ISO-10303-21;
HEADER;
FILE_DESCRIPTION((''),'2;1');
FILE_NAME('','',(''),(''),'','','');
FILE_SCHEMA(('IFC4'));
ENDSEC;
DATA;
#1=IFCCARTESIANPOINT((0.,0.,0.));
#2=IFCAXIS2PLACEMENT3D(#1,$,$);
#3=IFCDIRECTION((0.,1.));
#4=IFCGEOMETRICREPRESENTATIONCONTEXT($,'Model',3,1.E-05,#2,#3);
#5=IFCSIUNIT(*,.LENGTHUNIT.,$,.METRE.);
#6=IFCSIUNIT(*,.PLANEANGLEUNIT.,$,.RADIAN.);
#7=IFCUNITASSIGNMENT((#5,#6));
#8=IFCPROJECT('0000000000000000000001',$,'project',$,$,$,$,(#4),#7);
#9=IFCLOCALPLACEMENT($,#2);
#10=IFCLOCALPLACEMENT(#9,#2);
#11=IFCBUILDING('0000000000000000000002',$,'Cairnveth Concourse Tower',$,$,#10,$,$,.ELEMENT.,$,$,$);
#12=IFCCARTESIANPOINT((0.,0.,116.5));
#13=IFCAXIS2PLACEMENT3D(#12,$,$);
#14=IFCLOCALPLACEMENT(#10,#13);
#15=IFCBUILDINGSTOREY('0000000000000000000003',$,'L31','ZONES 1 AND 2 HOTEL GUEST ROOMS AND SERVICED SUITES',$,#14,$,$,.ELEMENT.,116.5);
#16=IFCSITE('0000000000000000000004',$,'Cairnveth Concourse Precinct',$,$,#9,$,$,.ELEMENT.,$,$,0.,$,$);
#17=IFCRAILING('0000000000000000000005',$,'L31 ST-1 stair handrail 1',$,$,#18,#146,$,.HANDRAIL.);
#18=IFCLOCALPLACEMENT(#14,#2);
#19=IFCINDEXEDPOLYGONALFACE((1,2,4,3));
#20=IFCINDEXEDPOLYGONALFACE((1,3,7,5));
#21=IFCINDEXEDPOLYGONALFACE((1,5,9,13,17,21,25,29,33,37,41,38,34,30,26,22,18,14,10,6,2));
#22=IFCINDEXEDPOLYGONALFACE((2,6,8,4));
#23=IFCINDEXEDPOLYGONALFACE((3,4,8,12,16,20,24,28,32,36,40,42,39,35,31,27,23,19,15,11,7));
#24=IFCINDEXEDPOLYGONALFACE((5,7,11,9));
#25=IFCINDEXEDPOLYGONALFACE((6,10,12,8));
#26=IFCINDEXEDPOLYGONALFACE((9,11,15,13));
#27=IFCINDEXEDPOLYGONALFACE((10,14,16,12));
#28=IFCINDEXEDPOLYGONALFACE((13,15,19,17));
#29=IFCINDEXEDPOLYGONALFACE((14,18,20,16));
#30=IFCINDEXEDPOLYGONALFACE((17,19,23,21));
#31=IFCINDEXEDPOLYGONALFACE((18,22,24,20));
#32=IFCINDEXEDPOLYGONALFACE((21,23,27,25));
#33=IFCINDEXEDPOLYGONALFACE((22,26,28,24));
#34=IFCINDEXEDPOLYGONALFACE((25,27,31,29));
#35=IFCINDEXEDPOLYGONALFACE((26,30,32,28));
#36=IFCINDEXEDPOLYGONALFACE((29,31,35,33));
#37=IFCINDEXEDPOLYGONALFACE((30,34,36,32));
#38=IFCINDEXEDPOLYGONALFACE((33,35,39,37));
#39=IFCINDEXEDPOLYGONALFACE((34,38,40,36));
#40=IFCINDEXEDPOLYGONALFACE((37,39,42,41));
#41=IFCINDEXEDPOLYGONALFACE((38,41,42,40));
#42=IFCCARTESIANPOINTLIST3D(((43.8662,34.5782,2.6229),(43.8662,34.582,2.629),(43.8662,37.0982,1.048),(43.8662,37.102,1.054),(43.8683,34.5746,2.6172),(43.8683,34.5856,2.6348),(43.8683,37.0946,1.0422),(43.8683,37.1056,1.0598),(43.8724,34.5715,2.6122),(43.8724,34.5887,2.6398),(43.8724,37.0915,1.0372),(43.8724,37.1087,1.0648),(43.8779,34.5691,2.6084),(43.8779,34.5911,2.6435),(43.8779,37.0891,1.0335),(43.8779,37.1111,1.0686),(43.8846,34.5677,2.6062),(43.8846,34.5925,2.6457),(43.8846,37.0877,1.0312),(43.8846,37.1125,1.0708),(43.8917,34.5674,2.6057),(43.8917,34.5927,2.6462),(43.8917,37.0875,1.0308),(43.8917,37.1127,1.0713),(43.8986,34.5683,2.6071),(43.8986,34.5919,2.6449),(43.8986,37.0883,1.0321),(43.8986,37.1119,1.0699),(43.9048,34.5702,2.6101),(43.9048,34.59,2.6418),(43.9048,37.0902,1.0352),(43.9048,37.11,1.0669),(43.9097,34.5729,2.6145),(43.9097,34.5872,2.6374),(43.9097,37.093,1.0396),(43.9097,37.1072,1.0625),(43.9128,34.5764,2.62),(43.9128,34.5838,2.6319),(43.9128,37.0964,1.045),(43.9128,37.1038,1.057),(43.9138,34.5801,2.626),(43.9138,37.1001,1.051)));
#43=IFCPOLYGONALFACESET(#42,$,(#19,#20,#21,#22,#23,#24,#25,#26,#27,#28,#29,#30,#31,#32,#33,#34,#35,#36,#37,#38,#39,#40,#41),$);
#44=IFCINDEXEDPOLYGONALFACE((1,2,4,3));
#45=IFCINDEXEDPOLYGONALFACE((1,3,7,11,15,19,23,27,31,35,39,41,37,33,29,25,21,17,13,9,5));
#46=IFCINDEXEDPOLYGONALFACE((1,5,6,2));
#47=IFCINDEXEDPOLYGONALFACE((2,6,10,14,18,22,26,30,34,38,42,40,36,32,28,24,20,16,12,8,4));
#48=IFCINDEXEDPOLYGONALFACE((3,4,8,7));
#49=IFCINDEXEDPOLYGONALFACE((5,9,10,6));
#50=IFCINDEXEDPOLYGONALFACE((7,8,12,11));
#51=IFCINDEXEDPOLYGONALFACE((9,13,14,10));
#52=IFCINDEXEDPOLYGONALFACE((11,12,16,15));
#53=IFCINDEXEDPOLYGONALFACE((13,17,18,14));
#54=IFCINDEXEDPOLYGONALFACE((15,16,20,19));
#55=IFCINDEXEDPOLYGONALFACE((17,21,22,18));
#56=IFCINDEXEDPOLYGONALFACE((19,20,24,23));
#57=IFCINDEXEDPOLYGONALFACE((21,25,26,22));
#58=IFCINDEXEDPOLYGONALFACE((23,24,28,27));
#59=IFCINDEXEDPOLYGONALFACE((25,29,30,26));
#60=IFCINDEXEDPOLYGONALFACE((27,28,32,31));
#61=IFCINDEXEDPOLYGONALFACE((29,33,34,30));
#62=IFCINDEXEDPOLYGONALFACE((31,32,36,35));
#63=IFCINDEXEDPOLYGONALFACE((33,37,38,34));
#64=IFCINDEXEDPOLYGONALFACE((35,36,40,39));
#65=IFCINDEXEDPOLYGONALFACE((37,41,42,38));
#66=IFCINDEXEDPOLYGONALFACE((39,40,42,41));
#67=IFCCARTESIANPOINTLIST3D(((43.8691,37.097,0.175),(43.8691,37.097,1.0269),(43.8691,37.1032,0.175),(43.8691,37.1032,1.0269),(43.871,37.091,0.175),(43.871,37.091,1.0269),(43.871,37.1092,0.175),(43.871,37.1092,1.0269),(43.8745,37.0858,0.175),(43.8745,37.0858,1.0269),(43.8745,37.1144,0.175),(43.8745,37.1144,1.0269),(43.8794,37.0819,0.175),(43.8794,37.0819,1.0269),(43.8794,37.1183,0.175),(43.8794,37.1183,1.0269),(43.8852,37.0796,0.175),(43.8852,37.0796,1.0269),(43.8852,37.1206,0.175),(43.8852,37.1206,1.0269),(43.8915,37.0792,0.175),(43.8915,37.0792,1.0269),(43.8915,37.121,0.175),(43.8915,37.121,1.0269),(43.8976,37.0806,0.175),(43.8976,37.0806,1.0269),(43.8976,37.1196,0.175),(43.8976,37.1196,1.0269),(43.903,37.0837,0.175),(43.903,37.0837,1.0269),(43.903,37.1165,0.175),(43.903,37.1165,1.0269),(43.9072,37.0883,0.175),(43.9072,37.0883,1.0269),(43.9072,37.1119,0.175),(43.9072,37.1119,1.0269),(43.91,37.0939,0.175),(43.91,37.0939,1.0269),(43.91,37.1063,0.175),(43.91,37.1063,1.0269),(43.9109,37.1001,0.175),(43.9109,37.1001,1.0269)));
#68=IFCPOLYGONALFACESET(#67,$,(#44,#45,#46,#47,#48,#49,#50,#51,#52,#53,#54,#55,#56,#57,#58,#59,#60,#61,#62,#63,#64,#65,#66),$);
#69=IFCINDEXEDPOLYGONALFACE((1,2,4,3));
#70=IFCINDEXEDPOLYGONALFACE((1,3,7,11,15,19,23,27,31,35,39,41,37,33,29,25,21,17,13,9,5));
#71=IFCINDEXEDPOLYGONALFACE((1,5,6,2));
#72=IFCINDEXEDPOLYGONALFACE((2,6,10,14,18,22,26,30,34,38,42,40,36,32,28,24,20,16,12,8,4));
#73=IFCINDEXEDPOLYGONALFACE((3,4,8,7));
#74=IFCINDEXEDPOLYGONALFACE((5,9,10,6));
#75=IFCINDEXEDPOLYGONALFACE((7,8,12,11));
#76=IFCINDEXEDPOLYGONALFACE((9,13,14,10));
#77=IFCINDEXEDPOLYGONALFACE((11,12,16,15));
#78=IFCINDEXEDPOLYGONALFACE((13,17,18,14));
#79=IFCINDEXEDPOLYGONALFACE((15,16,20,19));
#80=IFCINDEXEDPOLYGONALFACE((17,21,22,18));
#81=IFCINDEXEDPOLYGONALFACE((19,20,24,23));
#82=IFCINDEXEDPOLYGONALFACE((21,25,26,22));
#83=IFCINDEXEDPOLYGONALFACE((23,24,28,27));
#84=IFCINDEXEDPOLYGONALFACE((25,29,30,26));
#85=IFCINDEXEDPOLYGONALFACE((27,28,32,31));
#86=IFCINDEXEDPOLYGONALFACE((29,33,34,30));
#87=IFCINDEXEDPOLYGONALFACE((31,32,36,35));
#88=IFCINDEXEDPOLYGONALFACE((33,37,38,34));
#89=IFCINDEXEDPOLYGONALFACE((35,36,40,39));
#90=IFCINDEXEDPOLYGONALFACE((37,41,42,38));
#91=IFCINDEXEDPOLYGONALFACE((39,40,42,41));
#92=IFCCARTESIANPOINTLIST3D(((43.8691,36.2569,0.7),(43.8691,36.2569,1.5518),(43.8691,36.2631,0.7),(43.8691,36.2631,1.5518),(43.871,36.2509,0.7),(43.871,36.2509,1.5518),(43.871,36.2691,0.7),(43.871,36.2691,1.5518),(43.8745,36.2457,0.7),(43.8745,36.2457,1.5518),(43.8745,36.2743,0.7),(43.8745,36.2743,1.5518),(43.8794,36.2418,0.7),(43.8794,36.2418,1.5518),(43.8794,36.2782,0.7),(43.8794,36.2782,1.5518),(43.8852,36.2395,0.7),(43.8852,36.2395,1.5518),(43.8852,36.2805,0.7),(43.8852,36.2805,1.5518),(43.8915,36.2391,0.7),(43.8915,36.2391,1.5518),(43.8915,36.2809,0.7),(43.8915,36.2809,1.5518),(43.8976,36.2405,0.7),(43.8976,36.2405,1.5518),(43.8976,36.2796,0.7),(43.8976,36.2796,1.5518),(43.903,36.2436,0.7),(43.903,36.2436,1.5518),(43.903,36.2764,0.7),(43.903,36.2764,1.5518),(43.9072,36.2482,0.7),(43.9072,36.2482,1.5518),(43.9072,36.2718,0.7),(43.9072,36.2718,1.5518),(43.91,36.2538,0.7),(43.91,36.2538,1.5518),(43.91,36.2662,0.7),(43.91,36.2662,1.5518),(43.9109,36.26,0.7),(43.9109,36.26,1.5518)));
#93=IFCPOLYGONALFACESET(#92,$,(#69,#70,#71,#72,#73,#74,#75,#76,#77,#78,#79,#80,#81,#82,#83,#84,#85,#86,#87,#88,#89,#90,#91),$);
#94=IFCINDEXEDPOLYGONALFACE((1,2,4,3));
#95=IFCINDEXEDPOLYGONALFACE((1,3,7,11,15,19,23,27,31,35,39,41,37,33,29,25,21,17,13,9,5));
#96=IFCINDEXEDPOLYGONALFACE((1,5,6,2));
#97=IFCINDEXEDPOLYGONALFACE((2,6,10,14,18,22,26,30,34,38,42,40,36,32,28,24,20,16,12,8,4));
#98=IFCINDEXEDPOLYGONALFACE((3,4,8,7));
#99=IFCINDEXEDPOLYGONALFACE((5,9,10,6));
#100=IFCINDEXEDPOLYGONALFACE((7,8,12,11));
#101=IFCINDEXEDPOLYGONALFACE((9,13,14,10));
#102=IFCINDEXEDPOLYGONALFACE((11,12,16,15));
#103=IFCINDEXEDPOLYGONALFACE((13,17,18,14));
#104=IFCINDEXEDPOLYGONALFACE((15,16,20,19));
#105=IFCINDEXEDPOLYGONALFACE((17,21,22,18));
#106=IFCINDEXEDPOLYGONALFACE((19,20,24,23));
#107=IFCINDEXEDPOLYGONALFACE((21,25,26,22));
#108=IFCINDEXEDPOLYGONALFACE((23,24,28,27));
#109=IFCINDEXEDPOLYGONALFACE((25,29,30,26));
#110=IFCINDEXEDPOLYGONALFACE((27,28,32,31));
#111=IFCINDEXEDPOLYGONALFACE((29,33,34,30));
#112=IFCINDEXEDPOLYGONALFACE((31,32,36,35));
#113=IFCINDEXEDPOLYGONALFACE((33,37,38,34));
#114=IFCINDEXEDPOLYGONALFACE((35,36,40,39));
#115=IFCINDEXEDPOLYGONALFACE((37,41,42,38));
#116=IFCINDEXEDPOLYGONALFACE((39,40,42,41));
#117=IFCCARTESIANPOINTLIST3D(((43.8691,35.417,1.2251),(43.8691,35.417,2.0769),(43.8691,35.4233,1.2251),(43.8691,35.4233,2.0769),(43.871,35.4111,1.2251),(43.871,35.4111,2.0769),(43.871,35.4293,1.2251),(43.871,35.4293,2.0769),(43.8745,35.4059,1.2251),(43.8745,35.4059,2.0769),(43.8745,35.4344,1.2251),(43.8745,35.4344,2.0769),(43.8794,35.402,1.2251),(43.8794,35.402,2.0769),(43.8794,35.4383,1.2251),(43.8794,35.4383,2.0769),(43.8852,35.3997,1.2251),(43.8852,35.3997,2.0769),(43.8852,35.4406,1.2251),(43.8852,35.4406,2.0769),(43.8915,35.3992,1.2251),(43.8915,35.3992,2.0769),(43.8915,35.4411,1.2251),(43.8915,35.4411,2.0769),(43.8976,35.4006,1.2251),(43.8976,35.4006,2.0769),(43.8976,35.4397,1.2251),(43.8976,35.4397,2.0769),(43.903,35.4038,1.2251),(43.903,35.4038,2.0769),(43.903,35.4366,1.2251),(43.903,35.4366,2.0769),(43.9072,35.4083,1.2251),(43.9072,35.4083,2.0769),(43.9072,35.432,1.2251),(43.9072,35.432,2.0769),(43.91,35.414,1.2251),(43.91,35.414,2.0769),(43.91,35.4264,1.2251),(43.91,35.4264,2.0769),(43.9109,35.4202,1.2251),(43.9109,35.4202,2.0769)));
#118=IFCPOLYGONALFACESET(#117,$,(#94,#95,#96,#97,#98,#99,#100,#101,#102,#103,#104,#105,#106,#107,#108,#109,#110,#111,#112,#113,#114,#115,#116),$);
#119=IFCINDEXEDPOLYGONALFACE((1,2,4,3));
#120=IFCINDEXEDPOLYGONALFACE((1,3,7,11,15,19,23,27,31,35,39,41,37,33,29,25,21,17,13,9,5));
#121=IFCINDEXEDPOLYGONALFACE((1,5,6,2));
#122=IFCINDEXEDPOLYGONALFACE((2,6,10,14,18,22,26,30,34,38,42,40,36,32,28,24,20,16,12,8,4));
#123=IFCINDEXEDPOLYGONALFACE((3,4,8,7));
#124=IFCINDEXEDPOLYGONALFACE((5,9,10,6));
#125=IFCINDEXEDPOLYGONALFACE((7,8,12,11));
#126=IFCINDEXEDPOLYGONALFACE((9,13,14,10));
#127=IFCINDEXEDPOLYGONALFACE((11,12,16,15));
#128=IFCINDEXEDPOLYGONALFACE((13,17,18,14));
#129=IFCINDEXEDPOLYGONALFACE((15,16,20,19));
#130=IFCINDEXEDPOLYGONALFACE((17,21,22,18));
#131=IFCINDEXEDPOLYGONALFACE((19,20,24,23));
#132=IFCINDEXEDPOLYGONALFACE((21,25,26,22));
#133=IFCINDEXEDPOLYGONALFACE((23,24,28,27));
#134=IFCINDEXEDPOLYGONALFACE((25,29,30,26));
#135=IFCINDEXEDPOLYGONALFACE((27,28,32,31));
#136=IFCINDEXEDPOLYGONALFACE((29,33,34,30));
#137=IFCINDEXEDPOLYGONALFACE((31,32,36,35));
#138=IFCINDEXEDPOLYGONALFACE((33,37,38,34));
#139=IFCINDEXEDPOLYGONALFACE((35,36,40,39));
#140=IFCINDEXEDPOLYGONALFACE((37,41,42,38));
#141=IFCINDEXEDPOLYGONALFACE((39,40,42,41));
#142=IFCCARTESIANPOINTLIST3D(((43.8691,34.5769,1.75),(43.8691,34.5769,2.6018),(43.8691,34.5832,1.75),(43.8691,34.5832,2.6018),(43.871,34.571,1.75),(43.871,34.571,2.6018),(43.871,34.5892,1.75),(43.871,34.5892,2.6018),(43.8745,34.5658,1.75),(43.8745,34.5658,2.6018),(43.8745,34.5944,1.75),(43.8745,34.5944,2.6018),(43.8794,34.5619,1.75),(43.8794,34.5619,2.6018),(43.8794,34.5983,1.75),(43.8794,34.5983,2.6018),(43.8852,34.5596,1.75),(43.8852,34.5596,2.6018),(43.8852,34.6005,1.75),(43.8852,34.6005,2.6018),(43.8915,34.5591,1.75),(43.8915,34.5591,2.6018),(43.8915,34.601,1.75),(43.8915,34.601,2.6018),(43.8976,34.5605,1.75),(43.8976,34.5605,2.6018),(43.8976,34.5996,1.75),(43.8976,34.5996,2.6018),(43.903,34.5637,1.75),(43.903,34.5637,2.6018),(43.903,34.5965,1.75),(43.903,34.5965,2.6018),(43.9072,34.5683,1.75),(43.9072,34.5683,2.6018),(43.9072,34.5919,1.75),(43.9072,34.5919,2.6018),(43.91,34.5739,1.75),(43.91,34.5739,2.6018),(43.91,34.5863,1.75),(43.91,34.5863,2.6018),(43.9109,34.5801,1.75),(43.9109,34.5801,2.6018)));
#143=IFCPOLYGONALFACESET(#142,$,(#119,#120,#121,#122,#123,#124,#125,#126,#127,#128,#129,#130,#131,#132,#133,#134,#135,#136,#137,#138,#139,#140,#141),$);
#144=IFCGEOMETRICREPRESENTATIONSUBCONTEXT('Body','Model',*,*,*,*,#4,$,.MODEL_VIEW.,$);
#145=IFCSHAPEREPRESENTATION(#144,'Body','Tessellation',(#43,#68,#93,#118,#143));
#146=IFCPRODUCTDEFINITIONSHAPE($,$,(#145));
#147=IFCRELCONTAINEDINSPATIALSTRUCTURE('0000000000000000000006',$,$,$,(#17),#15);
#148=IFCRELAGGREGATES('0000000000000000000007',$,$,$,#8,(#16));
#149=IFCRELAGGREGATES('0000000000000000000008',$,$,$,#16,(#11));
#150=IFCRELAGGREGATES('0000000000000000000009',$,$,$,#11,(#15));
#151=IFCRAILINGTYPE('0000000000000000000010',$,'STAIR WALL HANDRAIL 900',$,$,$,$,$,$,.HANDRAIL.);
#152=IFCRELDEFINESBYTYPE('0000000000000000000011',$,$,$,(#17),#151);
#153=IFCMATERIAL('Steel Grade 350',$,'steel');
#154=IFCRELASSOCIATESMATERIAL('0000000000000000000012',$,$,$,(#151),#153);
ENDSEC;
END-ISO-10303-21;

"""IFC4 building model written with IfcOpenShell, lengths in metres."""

from ifc_helpers import new_model, si_unit, direction, frame, origin, origin_2d, place, context, subcontext, project, spatial, circle, extrude, material, type_object, element, save


model = new_model("IFC4")

# Units and contexts
model_context = context("Model", 3, precision=1e-05, world=origin(), true_north=direction((0.0, 1.0)))
body_context = subcontext(model_context, "Body", "Model", "MODEL_VIEW")
ifc_project = project(units=[si_unit("LENGTHUNIT", "METRE"), si_unit("PLANEANGLEUNIT", "RADIAN")], contexts=[model_context])

# Site, building, storey
site_placement = place(None, origin())
site = spatial("IfcSite", under=ifc_project, at=site_placement, Name="Cairnveth Concourse Precinct", CompositionType="ELEMENT", RefElevation=0.0)
building_placement = place(site_placement, origin())
building = spatial("IfcBuilding", under=site, at=building_placement, Name="Cairnveth Concourse Tower", CompositionType="ELEMENT")
storey_placement = place(building_placement, frame((0.0, 0.0, 116.5)))
storey = spatial("IfcBuildingStorey", under=building, at=storey_placement, Name="L31", Description="ZONES 1 AND 2 HOTEL GUEST ROOMS AND SERVICED SUITES", CompositionType="ELEMENT", Elevation=116.5)

# Railing
ifc_material_1 = material(Name="Steel Grade 350", Category="steel")
railing_type_1 = type_object("IfcRailingType", Name="STAIR WALL HANDRAIL 900", PredefinedType="HANDRAIL", material=ifc_material_1)
railing_1_placement = place(storey_placement, frame((43.8899, 37.1001, 0.175)))
element("IfcRailing", 1, at=railing_1_placement, inside=storey, type_object=railing_type_1, Name="L31 ST-1 stair handrail 1", PredefinedType="HANDRAIL", context=body_context, shape_type="SweptSolid", body=[
    extrude(circle(Radius=0.0239, at=origin_2d()), frame((0.0, 0.0, 0.876), z_axis=(0.0, -0.848008, 0.529984), x_axis=(1.0, 0.0, 0.0)), (0.0, 0.0, 1.0), 2.9717),
    extrude(circle(Radius=0.021, at=origin_2d()), origin(), (0.0, 0.0, 1.0), 0.8518),
    extrude(circle(Radius=0.021, at=origin_2d()), frame((0.0, -0.8401, 0.5249)), (0.0, 0.0, 1.0), 0.8518),
    extrude(circle(Radius=0.021, at=origin_2d()), frame((0.0, -1.6799, 1.05)), (0.0, 0.0, 1.0), 0.8518),
    extrude(circle(Radius=0.021, at=origin_2d()), frame((0.0, -2.52, 1.575)), (0.0, 0.0, 1.0), 0.8518),
])

save(model, "model.ifc")
